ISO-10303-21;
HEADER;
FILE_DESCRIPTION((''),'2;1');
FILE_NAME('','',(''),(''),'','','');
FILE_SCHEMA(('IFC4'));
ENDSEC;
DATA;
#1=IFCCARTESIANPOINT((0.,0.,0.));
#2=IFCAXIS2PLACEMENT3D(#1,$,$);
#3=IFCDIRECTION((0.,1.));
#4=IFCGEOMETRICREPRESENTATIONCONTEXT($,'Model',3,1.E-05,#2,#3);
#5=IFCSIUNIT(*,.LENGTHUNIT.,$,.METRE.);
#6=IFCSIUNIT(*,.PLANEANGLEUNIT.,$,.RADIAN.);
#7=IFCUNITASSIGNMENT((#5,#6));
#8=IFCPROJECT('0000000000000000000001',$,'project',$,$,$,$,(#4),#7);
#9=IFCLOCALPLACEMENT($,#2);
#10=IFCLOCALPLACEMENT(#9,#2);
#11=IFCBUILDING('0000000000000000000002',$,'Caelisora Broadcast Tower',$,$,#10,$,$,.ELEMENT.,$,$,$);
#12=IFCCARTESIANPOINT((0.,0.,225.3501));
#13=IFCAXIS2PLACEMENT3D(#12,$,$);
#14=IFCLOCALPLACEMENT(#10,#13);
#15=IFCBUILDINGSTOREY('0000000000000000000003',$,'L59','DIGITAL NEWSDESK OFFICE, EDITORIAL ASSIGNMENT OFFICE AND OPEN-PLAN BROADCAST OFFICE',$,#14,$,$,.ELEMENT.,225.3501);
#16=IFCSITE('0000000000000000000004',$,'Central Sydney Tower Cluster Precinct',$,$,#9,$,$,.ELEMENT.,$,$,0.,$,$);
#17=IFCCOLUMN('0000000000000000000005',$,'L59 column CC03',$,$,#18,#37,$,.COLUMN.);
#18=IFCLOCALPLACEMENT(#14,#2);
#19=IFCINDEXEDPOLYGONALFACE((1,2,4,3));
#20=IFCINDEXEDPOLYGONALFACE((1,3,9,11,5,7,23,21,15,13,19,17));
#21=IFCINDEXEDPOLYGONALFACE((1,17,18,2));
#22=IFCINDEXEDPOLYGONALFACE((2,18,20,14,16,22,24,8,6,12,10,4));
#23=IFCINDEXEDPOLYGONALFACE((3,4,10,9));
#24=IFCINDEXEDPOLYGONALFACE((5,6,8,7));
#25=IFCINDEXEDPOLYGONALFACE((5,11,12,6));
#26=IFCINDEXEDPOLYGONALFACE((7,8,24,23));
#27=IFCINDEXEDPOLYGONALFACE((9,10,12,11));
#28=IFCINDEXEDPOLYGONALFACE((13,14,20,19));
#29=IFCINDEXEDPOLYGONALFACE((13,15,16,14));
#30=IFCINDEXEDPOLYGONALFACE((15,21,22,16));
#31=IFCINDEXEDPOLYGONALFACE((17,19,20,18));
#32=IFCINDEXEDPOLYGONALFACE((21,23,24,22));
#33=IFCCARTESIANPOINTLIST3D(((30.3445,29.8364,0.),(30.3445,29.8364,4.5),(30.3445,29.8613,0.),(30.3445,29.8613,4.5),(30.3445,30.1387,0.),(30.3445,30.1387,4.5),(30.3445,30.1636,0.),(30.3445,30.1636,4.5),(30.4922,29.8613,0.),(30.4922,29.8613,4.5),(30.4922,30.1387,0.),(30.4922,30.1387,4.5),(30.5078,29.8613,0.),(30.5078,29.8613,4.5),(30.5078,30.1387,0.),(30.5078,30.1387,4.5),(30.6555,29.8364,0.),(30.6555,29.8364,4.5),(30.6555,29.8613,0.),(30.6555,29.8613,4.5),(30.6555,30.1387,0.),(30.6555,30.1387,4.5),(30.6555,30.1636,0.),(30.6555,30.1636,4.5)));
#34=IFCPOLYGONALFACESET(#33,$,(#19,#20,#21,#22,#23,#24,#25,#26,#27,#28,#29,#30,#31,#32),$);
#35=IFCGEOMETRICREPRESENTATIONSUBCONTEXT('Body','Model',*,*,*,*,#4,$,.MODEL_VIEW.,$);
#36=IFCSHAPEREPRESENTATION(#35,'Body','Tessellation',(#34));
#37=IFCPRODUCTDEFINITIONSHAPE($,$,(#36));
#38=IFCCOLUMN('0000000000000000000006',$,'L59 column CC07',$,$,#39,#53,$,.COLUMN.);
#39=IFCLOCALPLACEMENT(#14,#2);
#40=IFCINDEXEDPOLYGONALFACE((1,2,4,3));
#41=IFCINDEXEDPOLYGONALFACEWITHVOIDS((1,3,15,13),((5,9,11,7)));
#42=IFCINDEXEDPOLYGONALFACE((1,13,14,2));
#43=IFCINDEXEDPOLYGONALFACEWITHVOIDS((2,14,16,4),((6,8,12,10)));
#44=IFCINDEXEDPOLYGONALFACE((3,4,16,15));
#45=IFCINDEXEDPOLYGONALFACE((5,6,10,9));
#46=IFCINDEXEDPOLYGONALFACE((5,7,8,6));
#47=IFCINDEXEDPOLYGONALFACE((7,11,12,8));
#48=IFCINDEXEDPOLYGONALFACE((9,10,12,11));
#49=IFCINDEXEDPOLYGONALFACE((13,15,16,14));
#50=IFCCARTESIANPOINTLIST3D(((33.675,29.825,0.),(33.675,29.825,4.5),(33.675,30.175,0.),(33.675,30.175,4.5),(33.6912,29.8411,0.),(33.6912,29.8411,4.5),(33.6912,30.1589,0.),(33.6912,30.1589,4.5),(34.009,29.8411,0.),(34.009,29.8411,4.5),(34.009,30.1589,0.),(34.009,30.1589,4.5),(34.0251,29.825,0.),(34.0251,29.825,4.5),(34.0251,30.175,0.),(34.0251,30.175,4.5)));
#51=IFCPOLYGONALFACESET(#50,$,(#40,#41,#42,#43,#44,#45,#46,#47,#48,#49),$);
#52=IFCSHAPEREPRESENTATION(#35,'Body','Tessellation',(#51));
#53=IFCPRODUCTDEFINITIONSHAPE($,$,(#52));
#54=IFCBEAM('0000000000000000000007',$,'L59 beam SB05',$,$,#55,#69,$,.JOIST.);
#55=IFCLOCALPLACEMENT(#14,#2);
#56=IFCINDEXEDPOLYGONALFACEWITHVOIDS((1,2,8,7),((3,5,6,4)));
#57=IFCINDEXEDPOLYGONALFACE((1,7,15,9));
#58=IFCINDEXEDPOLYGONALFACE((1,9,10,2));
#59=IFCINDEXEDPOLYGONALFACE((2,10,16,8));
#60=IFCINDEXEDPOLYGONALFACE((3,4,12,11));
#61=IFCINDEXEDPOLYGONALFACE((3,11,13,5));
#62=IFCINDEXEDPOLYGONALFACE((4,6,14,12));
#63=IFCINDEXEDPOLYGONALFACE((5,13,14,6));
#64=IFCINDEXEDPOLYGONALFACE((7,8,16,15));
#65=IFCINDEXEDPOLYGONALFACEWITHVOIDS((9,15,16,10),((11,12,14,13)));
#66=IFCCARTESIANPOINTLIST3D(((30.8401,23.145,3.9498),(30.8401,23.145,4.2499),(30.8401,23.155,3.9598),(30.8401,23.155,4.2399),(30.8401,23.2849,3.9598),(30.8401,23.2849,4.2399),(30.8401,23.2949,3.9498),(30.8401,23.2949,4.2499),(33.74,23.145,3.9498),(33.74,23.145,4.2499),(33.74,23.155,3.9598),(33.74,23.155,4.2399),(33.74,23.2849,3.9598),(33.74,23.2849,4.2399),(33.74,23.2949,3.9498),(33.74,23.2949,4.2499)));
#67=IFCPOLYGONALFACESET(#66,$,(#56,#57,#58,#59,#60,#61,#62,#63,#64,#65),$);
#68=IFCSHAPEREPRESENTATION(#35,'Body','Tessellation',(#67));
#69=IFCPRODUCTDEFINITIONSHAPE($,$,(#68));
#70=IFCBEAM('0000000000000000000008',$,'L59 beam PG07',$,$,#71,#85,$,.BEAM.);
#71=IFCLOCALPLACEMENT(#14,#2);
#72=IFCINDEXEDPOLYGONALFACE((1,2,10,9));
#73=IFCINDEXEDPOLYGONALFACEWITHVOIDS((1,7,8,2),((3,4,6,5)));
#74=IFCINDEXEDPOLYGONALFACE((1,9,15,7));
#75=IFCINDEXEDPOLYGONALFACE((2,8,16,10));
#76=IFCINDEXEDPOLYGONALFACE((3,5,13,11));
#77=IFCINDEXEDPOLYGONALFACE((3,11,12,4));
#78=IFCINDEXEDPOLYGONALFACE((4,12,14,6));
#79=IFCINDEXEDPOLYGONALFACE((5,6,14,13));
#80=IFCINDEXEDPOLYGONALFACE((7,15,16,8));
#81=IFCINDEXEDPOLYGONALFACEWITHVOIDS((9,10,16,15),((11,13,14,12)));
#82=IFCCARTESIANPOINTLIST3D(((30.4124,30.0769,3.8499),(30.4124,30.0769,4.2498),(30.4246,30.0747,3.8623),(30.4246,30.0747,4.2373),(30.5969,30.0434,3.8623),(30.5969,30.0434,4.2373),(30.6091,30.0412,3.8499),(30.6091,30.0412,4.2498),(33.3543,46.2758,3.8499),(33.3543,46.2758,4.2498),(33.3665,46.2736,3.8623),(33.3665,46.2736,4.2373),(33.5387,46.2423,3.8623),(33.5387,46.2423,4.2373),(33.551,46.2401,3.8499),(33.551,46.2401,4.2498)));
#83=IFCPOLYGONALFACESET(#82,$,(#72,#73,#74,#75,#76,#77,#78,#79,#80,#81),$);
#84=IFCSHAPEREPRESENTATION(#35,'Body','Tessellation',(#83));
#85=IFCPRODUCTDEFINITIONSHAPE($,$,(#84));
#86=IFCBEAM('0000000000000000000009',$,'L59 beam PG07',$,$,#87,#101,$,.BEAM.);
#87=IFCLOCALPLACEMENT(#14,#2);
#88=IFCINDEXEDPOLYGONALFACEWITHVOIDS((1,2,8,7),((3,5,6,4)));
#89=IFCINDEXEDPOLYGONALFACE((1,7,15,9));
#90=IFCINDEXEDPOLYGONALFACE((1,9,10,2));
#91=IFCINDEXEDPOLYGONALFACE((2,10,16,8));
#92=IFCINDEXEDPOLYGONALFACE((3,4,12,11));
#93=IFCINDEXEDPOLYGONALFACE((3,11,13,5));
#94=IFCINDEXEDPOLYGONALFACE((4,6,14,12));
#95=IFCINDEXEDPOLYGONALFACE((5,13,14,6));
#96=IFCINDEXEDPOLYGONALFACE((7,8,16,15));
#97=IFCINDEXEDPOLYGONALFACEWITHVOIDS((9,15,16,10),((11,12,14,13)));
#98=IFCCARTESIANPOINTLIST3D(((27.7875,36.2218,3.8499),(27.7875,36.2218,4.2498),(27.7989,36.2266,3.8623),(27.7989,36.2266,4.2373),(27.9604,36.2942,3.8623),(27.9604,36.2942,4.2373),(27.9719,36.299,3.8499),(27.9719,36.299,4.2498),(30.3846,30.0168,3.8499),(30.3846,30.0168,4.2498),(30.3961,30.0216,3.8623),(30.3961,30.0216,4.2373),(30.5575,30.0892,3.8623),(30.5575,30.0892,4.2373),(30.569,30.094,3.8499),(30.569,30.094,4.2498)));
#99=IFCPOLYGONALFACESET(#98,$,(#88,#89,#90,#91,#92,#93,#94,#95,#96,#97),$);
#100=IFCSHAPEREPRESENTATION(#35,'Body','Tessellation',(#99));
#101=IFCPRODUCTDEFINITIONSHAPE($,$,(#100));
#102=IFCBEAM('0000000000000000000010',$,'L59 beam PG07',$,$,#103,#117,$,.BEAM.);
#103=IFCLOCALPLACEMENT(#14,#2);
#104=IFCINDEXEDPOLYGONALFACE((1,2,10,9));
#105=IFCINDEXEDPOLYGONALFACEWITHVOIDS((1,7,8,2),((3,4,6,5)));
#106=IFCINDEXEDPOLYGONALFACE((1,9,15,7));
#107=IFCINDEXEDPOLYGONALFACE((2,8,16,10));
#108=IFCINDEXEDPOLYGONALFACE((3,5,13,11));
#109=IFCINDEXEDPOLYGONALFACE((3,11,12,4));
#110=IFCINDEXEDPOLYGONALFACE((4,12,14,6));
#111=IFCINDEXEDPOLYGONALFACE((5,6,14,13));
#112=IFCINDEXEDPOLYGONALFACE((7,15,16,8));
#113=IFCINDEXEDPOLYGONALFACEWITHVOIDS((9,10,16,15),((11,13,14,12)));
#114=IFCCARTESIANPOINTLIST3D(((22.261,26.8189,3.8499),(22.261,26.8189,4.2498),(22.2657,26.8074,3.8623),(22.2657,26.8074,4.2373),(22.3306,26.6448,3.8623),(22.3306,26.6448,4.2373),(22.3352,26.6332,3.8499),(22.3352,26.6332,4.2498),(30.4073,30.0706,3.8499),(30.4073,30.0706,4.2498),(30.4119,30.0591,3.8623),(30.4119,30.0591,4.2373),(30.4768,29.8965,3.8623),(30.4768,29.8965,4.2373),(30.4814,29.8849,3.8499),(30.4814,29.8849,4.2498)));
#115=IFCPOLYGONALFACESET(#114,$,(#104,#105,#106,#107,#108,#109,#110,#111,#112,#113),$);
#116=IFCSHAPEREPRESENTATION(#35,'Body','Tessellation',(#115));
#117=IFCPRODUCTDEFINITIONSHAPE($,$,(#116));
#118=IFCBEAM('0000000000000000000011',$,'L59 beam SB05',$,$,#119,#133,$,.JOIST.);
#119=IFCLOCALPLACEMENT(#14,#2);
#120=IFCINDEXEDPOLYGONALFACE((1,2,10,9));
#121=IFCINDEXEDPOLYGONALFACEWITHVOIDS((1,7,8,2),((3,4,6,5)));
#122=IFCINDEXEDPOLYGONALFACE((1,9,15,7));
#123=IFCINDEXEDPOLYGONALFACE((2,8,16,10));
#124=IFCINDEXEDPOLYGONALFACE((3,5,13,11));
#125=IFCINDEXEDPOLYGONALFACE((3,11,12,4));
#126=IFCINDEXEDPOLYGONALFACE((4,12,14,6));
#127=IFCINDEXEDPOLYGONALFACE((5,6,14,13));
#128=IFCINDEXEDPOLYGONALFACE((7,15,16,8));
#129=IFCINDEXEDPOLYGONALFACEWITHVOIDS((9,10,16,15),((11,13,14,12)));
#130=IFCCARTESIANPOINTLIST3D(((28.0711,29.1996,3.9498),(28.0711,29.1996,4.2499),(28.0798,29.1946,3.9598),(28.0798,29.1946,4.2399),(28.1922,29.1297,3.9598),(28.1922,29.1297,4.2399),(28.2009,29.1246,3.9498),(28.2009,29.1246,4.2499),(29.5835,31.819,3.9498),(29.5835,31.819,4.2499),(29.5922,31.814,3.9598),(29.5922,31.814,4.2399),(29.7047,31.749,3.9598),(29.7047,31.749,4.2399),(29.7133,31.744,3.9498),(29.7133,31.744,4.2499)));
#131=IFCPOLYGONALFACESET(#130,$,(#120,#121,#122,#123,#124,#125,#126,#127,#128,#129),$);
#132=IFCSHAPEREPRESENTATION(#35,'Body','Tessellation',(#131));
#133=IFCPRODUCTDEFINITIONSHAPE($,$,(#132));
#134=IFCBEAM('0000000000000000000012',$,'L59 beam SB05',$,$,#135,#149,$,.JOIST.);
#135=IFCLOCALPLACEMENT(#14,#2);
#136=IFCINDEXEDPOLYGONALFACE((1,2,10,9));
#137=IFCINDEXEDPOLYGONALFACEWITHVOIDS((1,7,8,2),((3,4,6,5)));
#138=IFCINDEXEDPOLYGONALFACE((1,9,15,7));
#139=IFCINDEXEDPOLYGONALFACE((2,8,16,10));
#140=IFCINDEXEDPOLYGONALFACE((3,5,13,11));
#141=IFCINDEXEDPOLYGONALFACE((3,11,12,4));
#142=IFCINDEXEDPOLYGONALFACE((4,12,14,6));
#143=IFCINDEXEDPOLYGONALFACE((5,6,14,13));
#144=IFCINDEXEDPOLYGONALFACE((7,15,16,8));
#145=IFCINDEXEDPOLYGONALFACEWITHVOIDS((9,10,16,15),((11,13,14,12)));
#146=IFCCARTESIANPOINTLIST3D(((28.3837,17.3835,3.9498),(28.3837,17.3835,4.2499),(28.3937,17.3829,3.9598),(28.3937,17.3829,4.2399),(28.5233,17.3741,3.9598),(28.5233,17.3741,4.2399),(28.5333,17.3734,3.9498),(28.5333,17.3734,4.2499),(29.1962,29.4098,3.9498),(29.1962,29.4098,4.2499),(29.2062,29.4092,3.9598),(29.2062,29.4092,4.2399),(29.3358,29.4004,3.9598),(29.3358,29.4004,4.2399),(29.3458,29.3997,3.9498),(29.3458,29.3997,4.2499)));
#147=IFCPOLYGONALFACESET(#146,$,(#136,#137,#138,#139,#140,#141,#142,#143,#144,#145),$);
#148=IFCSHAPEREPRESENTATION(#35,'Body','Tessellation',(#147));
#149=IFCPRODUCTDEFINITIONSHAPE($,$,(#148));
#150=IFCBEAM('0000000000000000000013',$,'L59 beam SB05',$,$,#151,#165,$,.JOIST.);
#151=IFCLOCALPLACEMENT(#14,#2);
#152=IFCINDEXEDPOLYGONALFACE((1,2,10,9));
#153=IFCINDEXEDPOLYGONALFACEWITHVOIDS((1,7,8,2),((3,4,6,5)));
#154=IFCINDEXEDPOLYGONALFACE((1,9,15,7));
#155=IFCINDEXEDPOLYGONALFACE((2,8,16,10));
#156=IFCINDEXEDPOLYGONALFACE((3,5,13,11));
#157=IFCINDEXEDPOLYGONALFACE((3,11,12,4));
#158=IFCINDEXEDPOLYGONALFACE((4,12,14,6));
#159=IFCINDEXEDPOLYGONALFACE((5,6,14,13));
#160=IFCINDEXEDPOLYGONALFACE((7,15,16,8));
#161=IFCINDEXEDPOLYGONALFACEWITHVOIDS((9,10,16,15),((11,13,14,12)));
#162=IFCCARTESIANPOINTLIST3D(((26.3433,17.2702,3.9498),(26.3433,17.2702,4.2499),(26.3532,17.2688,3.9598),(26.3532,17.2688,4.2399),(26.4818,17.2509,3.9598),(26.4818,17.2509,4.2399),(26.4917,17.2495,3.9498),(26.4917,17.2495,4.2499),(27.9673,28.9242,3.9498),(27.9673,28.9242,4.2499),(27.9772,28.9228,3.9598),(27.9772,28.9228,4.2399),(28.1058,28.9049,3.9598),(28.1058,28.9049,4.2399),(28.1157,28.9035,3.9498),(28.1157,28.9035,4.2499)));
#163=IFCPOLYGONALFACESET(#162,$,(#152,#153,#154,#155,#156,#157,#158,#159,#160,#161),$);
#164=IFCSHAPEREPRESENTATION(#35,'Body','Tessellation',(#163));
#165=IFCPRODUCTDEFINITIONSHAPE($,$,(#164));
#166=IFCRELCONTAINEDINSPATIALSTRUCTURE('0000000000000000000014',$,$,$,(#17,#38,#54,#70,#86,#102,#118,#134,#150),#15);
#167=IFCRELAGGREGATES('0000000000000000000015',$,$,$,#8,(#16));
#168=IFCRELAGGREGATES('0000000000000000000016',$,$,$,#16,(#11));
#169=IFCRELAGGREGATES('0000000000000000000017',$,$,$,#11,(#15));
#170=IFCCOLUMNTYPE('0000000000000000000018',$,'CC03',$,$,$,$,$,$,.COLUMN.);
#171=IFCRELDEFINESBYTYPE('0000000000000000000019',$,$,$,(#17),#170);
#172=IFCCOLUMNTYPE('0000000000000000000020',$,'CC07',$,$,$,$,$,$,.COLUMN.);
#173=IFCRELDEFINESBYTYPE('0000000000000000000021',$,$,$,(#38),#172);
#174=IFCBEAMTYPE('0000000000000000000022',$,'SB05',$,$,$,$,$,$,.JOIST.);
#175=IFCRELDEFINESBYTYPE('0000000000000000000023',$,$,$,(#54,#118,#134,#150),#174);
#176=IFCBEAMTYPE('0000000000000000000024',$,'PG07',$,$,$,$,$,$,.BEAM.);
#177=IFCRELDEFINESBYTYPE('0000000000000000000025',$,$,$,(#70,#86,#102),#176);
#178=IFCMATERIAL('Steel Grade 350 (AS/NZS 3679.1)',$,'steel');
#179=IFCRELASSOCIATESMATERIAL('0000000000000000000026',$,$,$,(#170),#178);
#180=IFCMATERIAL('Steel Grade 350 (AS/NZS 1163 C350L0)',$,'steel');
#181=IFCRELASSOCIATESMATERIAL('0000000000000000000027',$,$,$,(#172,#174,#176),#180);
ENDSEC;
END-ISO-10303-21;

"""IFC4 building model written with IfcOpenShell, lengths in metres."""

from ifc_helpers import new_model, si_unit, direction, frame, origin, origin_2d, place, context, subcontext, project, spatial, hollow_rectangle, i_section, extrude, source, transform, mapped, material, material_profile, profile_set, type_object, type_shapes, element, save


model = new_model("IFC4")

# Units and contexts
model_context = context("Model", 3, precision=1e-05, world=origin(), true_north=direction((0.0, 1.0)))
body_context = subcontext(model_context, "Body", "Model", "MODEL_VIEW")
ifc_project = project(units=[si_unit("LENGTHUNIT", "METRE"), si_unit("PLANEANGLEUNIT", "RADIAN")], contexts=[model_context])

# Site, building, storey
site_placement = place(None, origin())
site = spatial("IfcSite", under=ifc_project, at=site_placement, Name="Central Sydney Tower Cluster Precinct", CompositionType="ELEMENT", RefElevation=0.0)
building_placement = place(site_placement, origin())
building = spatial("IfcBuilding", under=site, at=building_placement, Name="Caelisora Broadcast Tower", CompositionType="ELEMENT")
storey_placement = place(building_placement, frame((0.0, 0.0, 225.3501)))
storey = spatial("IfcBuildingStorey", under=building, at=storey_placement, Name="L59", Description="DIGITAL NEWSDESK OFFICE, EDITORIAL ASSIGNMENT OFFICE AND OPEN-PLAN BROADCAST OFFICE", CompositionType="ELEMENT", Elevation=225.3501)

# Columns
ifc_material_1 = material(Name="Steel Grade 350 (AS/NZS 3679.1)", Category="steel")
ifc_material_profile_1 = material_profile(ifc_material_1, i_section(OverallWidth=0.311, OverallDepth=0.3271, WebThickness=0.0156, FlangeThickness=0.0249, at=origin_2d()), Name="Steel Grade 350 (AS/NZS 3679.1)")
ifc_profile_set_1 = profile_set([ifc_material_profile_1], Name="Steel Grade 350 (AS/NZS 3679.1)")
column_type_1 = type_object("IfcColumnType", Name="CC03", PredefinedType="COLUMN", material=ifc_profile_set_1)
shared_shape_1 = source(origin(), body_context, "Body", "SweptSolid", [
    extrude(i_section(OverallWidth=0.311, OverallDepth=0.3271, WebThickness=0.0156, FlangeThickness=0.0249, at=origin_2d()), origin(), (0.0, 0.0, 1.0), 4.5),
])
type_shapes(column_type_1, [shared_shape_1])
column_1_placement = place(storey_placement, frame((30.5, 30.0, 0.0), z_axis=(0.0, 0.0, 1.0), x_axis=(1.0, 0.0, 0.0)))
element("IfcColumn", 1, at=column_1_placement, inside=storey, type_object=column_type_1, Name="L59 column CC03", PredefinedType="COLUMN", context=body_context, shape_type="MappedRepresentation", body=[
    mapped(shared_shape_1, transform((0.0, 0.0, 0.0), scale=1.0)),
])
ifc_material_2 = material(Name="Steel Grade 350 (AS/NZS 1163 C350L0)", Category="steel")
ifc_material_profile_2 = material_profile(ifc_material_2, hollow_rectangle(XDim=0.3501, YDim=0.3501, WallThickness=0.0161, at=origin_2d()), Name="Steel Grade 350 (AS/NZS 1163 C350L0)")
ifc_profile_set_2 = profile_set([ifc_material_profile_2], Name="Steel Grade 350 (AS/NZS 1163 C350L0)")
column_type_2 = type_object("IfcColumnType", Name="CC07", PredefinedType="COLUMN", material=ifc_profile_set_2)
shared_shape_2 = source(origin(), body_context, "Body", "SweptSolid", [
    extrude(hollow_rectangle(XDim=0.3501, YDim=0.3501, WallThickness=0.0161, at=origin_2d()), origin(), (0.0, 0.0, 1.0), 4.5),
])
type_shapes(column_type_2, [shared_shape_2])
column_2_placement = place(storey_placement, frame((33.8501, 30.0, 0.0), z_axis=(0.0, 0.0, 1.0), x_axis=(1.0, 0.0, 0.0)))
element("IfcColumn", 2, at=column_2_placement, inside=storey, type_object=column_type_2, Name="L59 column CC07", PredefinedType="COLUMN", context=body_context, shape_type="MappedRepresentation", body=[
    mapped(shared_shape_2, transform((0.0, 0.0, 0.0), scale=1.0)),
])

# Beams
ifc_material_profile_3 = material_profile(ifc_material_2, hollow_rectangle(XDim=0.1499, YDim=0.3, WallThickness=0.01, at=origin_2d()), Name="Steel Grade 350 (AS/NZS 1163 C350L0)")
ifc_profile_set_3 = profile_set([ifc_material_profile_3], Name="Steel Grade 350 (AS/NZS 1163 C350L0)")
beam_type_1 = type_object("IfcBeamType", Name="SB05", PredefinedType="JOIST", material=ifc_profile_set_3)
shared_shape_3 = source(origin(), body_context, "Body", "SweptSolid", [
    extrude(hollow_rectangle(XDim=0.1499, YDim=0.3, WallThickness=0.01, at=origin_2d()), origin(), (0.0, 0.0, 1.0), 2.8999),
])
beam_1_placement = place(storey_placement, frame((30.8401, 23.22, 4.0999), z_axis=(1.0, 0.0, 0.0), x_axis=(0.0, 1.0, 0.0)))
element("IfcBeam", 3, at=beam_1_placement, inside=storey, type_object=beam_type_1, Name="L59 beam SB05", PredefinedType="JOIST", context=body_context, shape_type="MappedRepresentation", body=[
    mapped(shared_shape_3, transform((0.0, 0.0, 0.0), scale=1.0)),
])
ifc_material_profile_4 = material_profile(ifc_material_2, hollow_rectangle(XDim=0.2, YDim=0.3999, WallThickness=0.0125, at=origin_2d()), Name="Steel Grade 350 (AS/NZS 1163 C350L0)")
ifc_profile_set_4 = profile_set([ifc_material_profile_4], Name="Steel Grade 350 (AS/NZS 1163 C350L0)")
beam_type_2 = type_object("IfcBeamType", Name="PG07", PredefinedType="BEAM", material=ifc_profile_set_4)
shared_shape_4 = source(origin(), body_context, "Body", "SweptSolid", [
    extrude(hollow_rectangle(XDim=0.2, YDim=0.3999, WallThickness=0.0125, at=origin_2d()), origin(), (0.0, 0.0, 1.0), 16.4639),
])
beam_2_placement = place(storey_placement, frame((30.5107, 30.0591, 4.0498), z_axis=(0.178687, 0.983906, 0.0), x_axis=(-0.983906, 0.178687, 0.0)))
element("IfcBeam", 4, at=beam_2_placement, inside=storey, type_object=beam_type_2, Name="L59 beam PG07", PredefinedType="BEAM", context=body_context, shape_type="MappedRepresentation", body=[
    mapped(shared_shape_4, transform((0.0, 0.0, 0.0), scale=1.0)),
])
shared_shape_5 = source(origin(), body_context, "Body", "SweptSolid", [
    extrude(hollow_rectangle(XDim=0.2, YDim=0.3999, WallThickness=0.0125, at=origin_2d()), origin(), (0.0, 0.0, 1.0), 6.7266),
])
beam_3_placement = place(storey_placement, frame((30.4768, 30.0554, 4.0498), z_axis=(-0.386099, 0.922457, 0.0), x_axis=(-0.922457, -0.386099, 0.0)))
element("IfcBeam", 5, at=beam_3_placement, inside=storey, type_object=beam_type_2, Name="L59 beam PG07", PredefinedType="BEAM", context=body_context, shape_type="MappedRepresentation", body=[
    mapped(shared_shape_5, transform((0.0, 0.0, 0.0), scale=1.0)),
])
shared_shape_6 = source(origin(), body_context, "Body", "SweptSolid", [
    extrude(hollow_rectangle(XDim=0.2, YDim=0.3999, WallThickness=0.0125, at=origin_2d()), origin(), (0.0, 0.0, 1.0), 8.7712),
])
type_shapes(beam_type_2, [shared_shape_4, shared_shape_5, shared_shape_6])
beam_4_placement = place(storey_placement, frame((30.4443, 29.9778, 4.0498), z_axis=(-0.928743, -0.370724, 0.0), x_axis=(0.370724, -0.928743, 0.0)))
element("IfcBeam", 6, at=beam_4_placement, inside=storey, type_object=beam_type_2, Name="L59 beam PG07", PredefinedType="BEAM", context=body_context, shape_type="MappedRepresentation", body=[
    mapped(shared_shape_6, transform((0.0, 0.0, 0.0), scale=1.0)),
])
shared_shape_7 = source(origin(), body_context, "Body", "SweptSolid", [
    extrude(hollow_rectangle(XDim=0.1499, YDim=0.3, WallThickness=0.01, at=origin_2d()), origin(), (0.0, 0.0, 1.0), 3.0247),
])
beam_5_placement = place(storey_placement, frame((29.6484, 31.7815, 4.0999), z_axis=(-0.500037, -0.866004, 0.0), x_axis=(0.866004, -0.500037, 0.0)))
element("IfcBeam", 7, at=beam_5_placement, inside=storey, type_object=beam_type_1, Name="L59 beam SB05", PredefinedType="JOIST", context=body_context, shape_type="MappedRepresentation", body=[
    mapped(shared_shape_7, transform((0.0, 0.0, 0.0), scale=1.0)),
])
shared_shape_8 = source(origin(), body_context, "Body", "SweptSolid", [
    extrude(hollow_rectangle(XDim=0.1499, YDim=0.3, WallThickness=0.01, at=origin_2d()), origin(), (0.0, 0.0, 1.0), 12.0537),
])
beam_6_placement = place(storey_placement, frame((29.271, 29.4048, 4.0999), z_axis=(-0.067406, -0.997726, 0.0), x_axis=(0.997726, -0.067406, 0.0)))
element("IfcBeam", 8, at=beam_6_placement, inside=storey, type_object=beam_type_1, Name="L59 beam SB05", PredefinedType="JOIST", context=body_context, shape_type="MappedRepresentation", body=[
    mapped(shared_shape_8, transform((0.0, 0.0, 0.0), scale=1.0)),
])
shared_shape_9 = source(origin(), body_context, "Body", "SweptSolid", [
    extrude(hollow_rectangle(XDim=0.1499, YDim=0.3, WallThickness=0.01, at=origin_2d()), origin(), (0.0, 0.0, 1.0), 11.7666),
])
type_shapes(beam_type_1, [shared_shape_3, shared_shape_7, shared_shape_8, shared_shape_9])
beam_7_placement = place(storey_placement, frame((28.0415, 28.9138, 4.0999), z_axis=(-0.138019, -0.99043, 0.0), x_axis=(0.99043, -0.138019, 0.0)))
element("IfcBeam", 9, at=beam_7_placement, inside=storey, type_object=beam_type_1, Name="L59 beam SB05", PredefinedType="JOIST", context=body_context, shape_type="MappedRepresentation", body=[
    mapped(shared_shape_9, transform((0.0, 0.0, 0.0), scale=1.0)),
])

save(model, "model.ifc")
